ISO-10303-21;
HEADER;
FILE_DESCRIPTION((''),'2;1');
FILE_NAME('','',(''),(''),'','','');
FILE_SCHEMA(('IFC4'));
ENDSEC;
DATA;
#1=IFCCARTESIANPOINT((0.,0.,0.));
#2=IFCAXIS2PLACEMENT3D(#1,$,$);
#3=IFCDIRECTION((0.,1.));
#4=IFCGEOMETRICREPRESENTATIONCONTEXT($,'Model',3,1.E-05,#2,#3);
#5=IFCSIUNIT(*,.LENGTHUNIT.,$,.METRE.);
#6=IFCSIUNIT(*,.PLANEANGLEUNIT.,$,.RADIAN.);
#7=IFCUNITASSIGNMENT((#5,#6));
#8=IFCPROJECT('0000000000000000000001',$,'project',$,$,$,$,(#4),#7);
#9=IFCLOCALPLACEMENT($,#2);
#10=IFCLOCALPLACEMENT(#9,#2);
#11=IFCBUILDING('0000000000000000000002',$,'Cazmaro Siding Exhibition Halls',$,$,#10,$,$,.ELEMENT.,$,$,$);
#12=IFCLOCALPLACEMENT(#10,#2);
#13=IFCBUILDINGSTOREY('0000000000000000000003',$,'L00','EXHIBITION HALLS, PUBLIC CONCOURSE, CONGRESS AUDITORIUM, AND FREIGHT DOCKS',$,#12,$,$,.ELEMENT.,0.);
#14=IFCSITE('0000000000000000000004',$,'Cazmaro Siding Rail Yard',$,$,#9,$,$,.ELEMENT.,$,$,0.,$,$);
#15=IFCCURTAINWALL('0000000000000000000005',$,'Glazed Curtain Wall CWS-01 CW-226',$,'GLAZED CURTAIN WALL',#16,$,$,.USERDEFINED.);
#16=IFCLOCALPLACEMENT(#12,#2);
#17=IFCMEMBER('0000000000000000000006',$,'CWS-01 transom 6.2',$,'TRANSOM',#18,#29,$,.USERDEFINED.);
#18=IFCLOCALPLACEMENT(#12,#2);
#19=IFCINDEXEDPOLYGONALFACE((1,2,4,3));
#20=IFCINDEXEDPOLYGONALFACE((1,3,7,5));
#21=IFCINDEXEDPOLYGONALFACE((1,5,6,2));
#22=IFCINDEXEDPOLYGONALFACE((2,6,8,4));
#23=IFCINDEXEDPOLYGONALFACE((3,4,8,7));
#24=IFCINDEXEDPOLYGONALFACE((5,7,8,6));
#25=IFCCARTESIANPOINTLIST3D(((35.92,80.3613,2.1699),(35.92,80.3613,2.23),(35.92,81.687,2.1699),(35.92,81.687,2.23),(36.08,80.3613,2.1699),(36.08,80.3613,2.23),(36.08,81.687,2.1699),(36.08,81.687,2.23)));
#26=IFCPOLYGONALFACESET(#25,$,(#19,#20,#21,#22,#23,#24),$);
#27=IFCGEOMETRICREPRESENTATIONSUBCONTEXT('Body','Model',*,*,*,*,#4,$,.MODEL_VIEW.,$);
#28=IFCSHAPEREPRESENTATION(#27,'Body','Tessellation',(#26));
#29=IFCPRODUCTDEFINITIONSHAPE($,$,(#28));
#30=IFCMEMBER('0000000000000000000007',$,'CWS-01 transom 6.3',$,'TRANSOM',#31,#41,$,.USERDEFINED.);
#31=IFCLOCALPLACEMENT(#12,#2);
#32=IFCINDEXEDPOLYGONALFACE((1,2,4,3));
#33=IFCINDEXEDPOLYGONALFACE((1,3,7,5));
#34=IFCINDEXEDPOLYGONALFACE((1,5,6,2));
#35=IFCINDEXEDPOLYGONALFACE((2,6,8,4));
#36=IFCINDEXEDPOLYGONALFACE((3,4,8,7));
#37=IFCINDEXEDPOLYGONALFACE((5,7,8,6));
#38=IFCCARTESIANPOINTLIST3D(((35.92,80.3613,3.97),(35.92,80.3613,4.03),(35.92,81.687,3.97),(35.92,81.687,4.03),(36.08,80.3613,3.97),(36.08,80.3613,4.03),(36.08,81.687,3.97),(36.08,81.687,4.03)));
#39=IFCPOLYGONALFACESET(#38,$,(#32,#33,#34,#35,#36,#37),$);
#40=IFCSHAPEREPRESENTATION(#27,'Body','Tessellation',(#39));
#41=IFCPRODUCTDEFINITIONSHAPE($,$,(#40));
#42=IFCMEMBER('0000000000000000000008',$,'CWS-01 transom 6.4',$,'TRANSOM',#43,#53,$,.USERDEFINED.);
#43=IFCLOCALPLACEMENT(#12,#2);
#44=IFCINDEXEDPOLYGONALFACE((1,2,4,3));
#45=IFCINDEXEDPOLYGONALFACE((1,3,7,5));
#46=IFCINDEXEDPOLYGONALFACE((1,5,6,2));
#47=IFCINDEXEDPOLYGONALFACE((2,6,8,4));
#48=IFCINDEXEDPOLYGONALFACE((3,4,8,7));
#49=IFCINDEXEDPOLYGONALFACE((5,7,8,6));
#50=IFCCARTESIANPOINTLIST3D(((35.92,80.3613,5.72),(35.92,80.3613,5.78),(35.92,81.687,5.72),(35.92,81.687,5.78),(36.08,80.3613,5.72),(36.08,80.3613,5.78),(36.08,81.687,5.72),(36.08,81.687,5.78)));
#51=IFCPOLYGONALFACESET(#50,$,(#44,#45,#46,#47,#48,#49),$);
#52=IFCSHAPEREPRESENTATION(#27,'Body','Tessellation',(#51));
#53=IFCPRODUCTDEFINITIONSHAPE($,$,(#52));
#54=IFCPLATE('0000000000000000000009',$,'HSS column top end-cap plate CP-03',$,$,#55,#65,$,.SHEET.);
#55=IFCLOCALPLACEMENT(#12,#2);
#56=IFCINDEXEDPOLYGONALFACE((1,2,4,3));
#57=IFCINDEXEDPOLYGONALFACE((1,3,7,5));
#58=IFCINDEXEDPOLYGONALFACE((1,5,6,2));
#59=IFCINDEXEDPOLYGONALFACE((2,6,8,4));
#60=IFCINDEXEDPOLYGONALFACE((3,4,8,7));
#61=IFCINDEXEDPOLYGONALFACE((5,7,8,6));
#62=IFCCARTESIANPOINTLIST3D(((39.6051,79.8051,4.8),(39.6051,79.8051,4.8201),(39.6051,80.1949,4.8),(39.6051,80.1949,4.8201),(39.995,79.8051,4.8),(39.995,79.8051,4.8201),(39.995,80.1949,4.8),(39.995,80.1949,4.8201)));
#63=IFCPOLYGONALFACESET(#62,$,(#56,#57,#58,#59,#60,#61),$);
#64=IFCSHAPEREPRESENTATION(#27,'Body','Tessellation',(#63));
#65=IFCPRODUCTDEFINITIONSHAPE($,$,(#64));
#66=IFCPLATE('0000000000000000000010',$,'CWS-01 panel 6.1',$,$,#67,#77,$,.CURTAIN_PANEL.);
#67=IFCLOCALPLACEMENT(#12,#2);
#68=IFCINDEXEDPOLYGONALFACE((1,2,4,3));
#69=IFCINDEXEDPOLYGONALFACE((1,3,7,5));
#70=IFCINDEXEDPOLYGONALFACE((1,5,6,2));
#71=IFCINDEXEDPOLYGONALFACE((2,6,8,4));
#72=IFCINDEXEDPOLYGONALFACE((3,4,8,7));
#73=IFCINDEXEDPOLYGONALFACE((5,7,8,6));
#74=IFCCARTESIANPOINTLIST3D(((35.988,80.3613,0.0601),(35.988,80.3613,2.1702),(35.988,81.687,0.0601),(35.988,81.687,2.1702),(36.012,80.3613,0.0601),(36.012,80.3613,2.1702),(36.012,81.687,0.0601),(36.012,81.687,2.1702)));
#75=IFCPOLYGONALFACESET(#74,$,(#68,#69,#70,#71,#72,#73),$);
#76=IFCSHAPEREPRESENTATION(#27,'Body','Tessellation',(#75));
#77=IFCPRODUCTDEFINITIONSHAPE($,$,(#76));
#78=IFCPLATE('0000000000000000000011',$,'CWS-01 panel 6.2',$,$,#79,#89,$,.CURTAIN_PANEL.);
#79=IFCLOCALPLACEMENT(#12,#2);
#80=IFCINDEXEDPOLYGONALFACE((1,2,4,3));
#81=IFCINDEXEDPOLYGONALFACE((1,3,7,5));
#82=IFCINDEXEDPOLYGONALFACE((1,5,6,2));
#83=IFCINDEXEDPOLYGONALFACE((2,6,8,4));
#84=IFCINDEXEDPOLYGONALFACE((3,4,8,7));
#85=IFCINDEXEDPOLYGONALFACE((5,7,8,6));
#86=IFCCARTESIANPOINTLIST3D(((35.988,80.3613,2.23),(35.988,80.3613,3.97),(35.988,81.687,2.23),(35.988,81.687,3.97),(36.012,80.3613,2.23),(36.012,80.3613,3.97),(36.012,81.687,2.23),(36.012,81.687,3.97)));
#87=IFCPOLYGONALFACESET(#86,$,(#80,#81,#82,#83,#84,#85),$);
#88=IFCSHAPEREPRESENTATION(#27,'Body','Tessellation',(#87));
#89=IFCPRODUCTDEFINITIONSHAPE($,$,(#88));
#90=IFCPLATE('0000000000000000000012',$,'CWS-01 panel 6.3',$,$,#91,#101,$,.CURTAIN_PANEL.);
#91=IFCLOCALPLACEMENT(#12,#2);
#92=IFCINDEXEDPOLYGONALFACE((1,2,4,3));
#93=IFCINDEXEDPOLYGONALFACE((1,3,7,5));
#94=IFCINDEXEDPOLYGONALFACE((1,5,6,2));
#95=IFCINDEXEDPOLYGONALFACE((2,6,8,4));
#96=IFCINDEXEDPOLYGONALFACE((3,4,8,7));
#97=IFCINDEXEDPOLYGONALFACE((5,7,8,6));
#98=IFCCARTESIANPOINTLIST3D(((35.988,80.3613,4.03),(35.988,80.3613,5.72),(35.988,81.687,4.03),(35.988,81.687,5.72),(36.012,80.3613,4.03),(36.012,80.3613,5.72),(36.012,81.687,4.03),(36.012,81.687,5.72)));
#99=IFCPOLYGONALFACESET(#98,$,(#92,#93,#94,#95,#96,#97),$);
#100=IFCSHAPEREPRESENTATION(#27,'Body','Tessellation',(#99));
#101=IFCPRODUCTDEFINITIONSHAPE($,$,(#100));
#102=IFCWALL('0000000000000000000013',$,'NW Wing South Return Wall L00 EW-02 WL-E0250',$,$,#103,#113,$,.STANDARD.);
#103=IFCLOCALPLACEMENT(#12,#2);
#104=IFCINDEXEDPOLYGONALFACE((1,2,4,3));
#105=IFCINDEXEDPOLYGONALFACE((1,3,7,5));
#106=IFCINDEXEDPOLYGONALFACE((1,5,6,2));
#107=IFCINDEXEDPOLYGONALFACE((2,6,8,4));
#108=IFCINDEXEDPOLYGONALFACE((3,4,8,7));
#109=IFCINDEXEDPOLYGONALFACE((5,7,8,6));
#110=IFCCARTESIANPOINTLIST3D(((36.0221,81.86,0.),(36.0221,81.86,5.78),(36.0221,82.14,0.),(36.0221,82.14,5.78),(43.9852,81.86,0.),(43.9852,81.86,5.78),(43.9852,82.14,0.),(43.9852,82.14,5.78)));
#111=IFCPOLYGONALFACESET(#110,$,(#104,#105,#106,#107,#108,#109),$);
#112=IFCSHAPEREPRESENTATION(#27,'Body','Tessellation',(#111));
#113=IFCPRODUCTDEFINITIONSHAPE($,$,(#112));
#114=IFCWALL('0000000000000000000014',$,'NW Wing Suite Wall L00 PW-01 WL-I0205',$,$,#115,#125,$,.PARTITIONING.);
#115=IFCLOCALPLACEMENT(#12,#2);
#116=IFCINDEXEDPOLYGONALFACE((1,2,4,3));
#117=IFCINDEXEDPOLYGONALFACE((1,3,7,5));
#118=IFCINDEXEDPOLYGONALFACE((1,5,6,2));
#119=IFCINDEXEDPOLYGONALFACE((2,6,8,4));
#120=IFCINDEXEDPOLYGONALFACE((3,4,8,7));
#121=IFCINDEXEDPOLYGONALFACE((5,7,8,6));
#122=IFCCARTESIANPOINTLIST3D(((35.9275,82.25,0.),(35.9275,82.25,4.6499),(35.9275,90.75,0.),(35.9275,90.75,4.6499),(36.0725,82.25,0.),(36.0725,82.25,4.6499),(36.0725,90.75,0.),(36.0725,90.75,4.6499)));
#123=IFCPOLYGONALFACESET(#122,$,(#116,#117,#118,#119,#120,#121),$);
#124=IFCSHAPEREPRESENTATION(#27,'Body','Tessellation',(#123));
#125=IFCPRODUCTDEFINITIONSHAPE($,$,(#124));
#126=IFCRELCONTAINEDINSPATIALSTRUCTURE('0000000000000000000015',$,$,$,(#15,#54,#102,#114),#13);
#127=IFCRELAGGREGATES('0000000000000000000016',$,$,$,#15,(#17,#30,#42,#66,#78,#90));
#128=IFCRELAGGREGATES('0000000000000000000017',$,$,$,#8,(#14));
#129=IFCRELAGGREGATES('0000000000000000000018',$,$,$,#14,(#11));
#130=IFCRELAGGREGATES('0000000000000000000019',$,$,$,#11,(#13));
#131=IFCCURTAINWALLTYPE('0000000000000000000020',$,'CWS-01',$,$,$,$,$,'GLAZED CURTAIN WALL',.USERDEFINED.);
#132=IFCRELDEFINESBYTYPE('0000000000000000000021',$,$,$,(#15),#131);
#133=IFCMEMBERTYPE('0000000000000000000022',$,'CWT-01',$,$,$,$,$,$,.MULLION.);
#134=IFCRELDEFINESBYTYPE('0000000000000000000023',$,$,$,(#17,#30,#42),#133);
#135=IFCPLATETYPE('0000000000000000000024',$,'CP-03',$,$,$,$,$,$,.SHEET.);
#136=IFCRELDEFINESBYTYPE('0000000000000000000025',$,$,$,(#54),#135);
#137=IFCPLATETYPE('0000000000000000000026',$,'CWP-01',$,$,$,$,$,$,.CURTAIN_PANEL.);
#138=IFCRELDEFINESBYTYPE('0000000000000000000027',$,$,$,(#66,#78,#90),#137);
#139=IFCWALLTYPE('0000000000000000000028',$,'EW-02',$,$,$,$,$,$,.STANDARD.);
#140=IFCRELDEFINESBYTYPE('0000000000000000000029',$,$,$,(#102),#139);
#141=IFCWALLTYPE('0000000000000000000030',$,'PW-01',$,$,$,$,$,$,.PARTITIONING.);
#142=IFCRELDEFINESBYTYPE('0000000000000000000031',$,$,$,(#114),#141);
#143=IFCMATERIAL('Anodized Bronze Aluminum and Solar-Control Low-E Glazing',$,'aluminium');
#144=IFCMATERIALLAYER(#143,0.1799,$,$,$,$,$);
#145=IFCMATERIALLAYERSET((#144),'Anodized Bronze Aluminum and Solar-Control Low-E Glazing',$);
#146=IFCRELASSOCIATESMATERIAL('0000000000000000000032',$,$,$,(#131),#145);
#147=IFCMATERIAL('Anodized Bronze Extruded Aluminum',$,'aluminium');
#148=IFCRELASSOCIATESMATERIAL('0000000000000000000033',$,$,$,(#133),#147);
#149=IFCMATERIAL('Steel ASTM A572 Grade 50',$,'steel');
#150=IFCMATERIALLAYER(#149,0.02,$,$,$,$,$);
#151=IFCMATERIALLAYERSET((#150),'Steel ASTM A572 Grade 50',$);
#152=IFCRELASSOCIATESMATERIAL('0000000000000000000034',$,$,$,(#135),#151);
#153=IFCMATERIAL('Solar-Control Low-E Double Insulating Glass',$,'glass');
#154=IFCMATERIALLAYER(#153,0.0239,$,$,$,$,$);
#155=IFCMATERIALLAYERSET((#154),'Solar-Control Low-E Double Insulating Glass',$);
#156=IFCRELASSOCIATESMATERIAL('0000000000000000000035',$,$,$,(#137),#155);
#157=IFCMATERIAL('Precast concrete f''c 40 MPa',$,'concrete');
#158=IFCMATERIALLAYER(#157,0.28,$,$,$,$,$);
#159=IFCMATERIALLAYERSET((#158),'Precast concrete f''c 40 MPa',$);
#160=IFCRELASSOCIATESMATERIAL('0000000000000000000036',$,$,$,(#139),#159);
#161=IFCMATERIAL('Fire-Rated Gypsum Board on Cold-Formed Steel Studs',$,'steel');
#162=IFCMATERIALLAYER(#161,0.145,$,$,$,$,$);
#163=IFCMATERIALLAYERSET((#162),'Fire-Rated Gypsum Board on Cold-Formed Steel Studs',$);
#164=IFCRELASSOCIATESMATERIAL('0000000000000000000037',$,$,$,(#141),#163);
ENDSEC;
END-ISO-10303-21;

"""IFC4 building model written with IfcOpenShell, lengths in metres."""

from ifc_helpers import new_model, si_unit, direction, frame, frame_2d, origin, origin_2d, place, context, subcontext, project, spatial, rectangle, extrude, material, layer, layer_set, material_profile, profile_set, type_object, element, aggregate, save


model = new_model("IFC4")

# Units and contexts
model_context = context("Model", 3, precision=1e-05, world=origin(), true_north=direction((0.0, 1.0)))
body_context = subcontext(model_context, "Body", "Model", "MODEL_VIEW")
ifc_project = project(units=[si_unit("LENGTHUNIT", "METRE"), si_unit("PLANEANGLEUNIT", "RADIAN")], contexts=[model_context])

# Site, building, storey
site_placement = place(None, origin())
site = spatial("IfcSite", under=ifc_project, at=site_placement, Name="Cazmaro Siding Rail Yard", CompositionType="ELEMENT", RefElevation=0.0)
building_placement = place(site_placement, origin())
building = spatial("IfcBuilding", under=site, at=building_placement, Name="Cazmaro Siding Exhibition Halls", CompositionType="ELEMENT")
storey_placement = place(building_placement, origin())
storey = spatial("IfcBuildingStorey", under=building, at=storey_placement, Name="L00", Description="EXHIBITION HALLS, PUBLIC CONCOURSE, CONGRESS AUDITORIUM, AND FREIGHT DOCKS", CompositionType="ELEMENT", Elevation=0.0)

# Curtain wall, members
ifc_material_1 = material(Name="Anodized Bronze Aluminum and Solar-Control Low-E Glazing", Category="aluminium")
ifc_layer_1 = layer(ifc_material_1, 0.1799)
ifc_layer_set_1 = layer_set([ifc_layer_1], Name="Anodized Bronze Aluminum and Solar-Control Low-E Glazing")
curtain_wall_type = type_object("IfcCurtainWallType", Name="CWS-01", ElementType="GLAZED CURTAIN WALL", PredefinedType="USERDEFINED", material=ifc_layer_set_1)
curtain_wall_placement = place(storey_placement, origin())
curtain_wall = element("IfcCurtainWall", 1, at=curtain_wall_placement, inside=storey, type_object=curtain_wall_type, Name="Glazed Curtain Wall CWS-01 CW-226", ObjectType="GLAZED CURTAIN WALL", PredefinedType="USERDEFINED")
ifc_material_2 = material(Name="Anodized Bronze Extruded Aluminum", Category="aluminium")
ifc_material_profile_1 = material_profile(ifc_material_2, rectangle(XDim=0.1599, YDim=0.0601, at=origin_2d()), Name="CWT-01")
ifc_profile_set_1 = profile_set([ifc_material_profile_1], Name="Anodized Bronze Extruded Aluminum")
member_type_1 = type_object("IfcMemberType", Name="CWT-01", PredefinedType="MULLION", material=ifc_profile_set_1)
member_1_placement = place(storey_placement, frame((36.0, 80.3613, 2.2), z_axis=(0.0, 1.0, 0.0), x_axis=(-1.0, 0.0, 0.0)))
member_1 = element("IfcMember", 2, at=member_1_placement, type_object=member_type_1, Name="CWS-01 transom 6.2", ObjectType="TRANSOM", PredefinedType="USERDEFINED", context=body_context, shape_type="SweptSolid", body=[
    extrude(rectangle(XDim=0.1599, YDim=0.0601, at=origin_2d()), origin(), (0.0, 0.0, 1.0), 1.3257),
])
member_2_placement = place(storey_placement, frame((36.0, 80.3613, 4.0), z_axis=(0.0, 1.0, 0.0), x_axis=(-1.0, 0.0, 0.0)))
member_2 = element("IfcMember", 3, at=member_2_placement, type_object=member_type_1, Name="CWS-01 transom 6.3", ObjectType="TRANSOM", PredefinedType="USERDEFINED", context=body_context, shape_type="SweptSolid", body=[
    extrude(rectangle(XDim=0.1599, YDim=0.0601, at=origin_2d()), origin(), (0.0, 0.0, 1.0), 1.3257),
])
member_3_placement = place(storey_placement, frame((36.0, 80.3613, 5.75), z_axis=(0.0, 1.0, 0.0), x_axis=(-1.0, 0.0, 0.0)))
member_3 = element("IfcMember", 4, at=member_3_placement, type_object=member_type_1, Name="CWS-01 transom 6.4", ObjectType="TRANSOM", PredefinedType="USERDEFINED", context=body_context, shape_type="SweptSolid", body=[
    extrude(rectangle(XDim=0.1599, YDim=0.0601, at=origin_2d()), origin(), (0.0, 0.0, 1.0), 1.3257),
])

# Plates
ifc_material_3 = material(Name="Steel ASTM A572 Grade 50", Category="steel")
ifc_layer_2 = layer(ifc_material_3, 0.02)
ifc_layer_set_2 = layer_set([ifc_layer_2], Name="Steel ASTM A572 Grade 50")
plate_type_1 = type_object("IfcPlateType", Name="CP-03", PredefinedType="SHEET", material=ifc_layer_set_2)
plate_1_placement = place(storey_placement, frame((39.8, 80.0, 4.8), z_axis=(0.0, 0.0, 1.0), x_axis=(1.0, 0.0, 0.0)))
element("IfcPlate", 5, at=plate_1_placement, inside=storey, type_object=plate_type_1, Name="HSS column top end-cap plate CP-03", PredefinedType="SHEET", context=body_context, shape_type="SweptSolid", body=[
    extrude(rectangle(XDim=0.3899, YDim=0.3899, at=origin_2d()), origin(), (0.0, 0.0, 1.0), 0.02),
])
ifc_material_4 = material(Name="Solar-Control Low-E Double Insulating Glass", Category="glass")
ifc_layer_3 = layer(ifc_material_4, 0.0239)
ifc_layer_set_3 = layer_set([ifc_layer_3], Name="Solar-Control Low-E Double Insulating Glass")
plate_type_2 = type_object("IfcPlateType", Name="CWP-01", PredefinedType="CURTAIN_PANEL", material=ifc_layer_set_3)
plate_2_placement = place(storey_placement, frame((36.0, 81.0242, 0.0601), z_axis=(0.0, 0.0, 1.0), x_axis=(0.0, 1.0, 0.0)))
plate_2 = element("IfcPlate", 6, at=plate_2_placement, type_object=plate_type_2, Name="CWS-01 panel 6.1", PredefinedType="CURTAIN_PANEL", context=body_context, shape_type="SweptSolid", body=[
    extrude(rectangle(XDim=1.3257, YDim=0.0239, at=origin_2d()), origin(), (0.0, 0.0, 1.0), 2.1101),
])
plate_3_placement = place(storey_placement, frame((36.0, 81.0242, 2.23), z_axis=(0.0, 0.0, 1.0), x_axis=(0.0, 1.0, 0.0)))
plate_3 = element("IfcPlate", 7, at=plate_3_placement, type_object=plate_type_2, Name="CWS-01 panel 6.2", PredefinedType="CURTAIN_PANEL", context=body_context, shape_type="SweptSolid", body=[
    extrude(rectangle(XDim=1.3257, YDim=0.0239, at=origin_2d()), origin(), (0.0, 0.0, 1.0), 1.74),
])
plate_4_placement = place(storey_placement, frame((36.0, 81.0242, 4.03), z_axis=(0.0, 0.0, 1.0), x_axis=(0.0, 1.0, 0.0)))
plate_4 = element("IfcPlate", 8, at=plate_4_placement, type_object=plate_type_2, Name="CWS-01 panel 6.3", PredefinedType="CURTAIN_PANEL", context=body_context, shape_type="SweptSolid", body=[
    extrude(rectangle(XDim=1.3257, YDim=0.0239, at=origin_2d()), origin(), (0.0, 0.0, 1.0), 1.6899),
])
aggregate(curtain_wall, [member_1, member_2, member_3, plate_2, plate_3, plate_4])

# Walls
ifc_material_5 = material(Name="Precast concrete f'c 40 MPa", Category="concrete")
ifc_layer_4 = layer(ifc_material_5, 0.28)
ifc_layer_set_4 = layer_set([ifc_layer_4], Name="Precast concrete f'c 40 MPa")
wall_type_1 = type_object("IfcWallType", Name="EW-02", PredefinedType="STANDARD", material=ifc_layer_set_4)
wall_1_placement = place(storey_placement, frame((43.9851, 82.0, 0.0), z_axis=(0.0, 0.0, 1.0), x_axis=(-1.0, 0.0, 0.0)))
element("IfcWall", 9, at=wall_1_placement, inside=storey, type_object=wall_type_1, Name="NW Wing South Return Wall L00 EW-02 WL-E0250", PredefinedType="STANDARD", context=body_context, shape_type="SweptSolid", body=[
    extrude(rectangle(XDim=7.9631, YDim=0.28, at=frame_2d((3.9814, 0.0))), origin(), (0.0, 0.0, 1.0), 5.78),
])
ifc_material_6 = material(Name="Fire-Rated Gypsum Board on Cold-Formed Steel Studs", Category="steel")
ifc_layer_5 = layer(ifc_material_6, 0.145)
ifc_layer_set_5 = layer_set([ifc_layer_5], Name="Fire-Rated Gypsum Board on Cold-Formed Steel Studs")
wall_type_2 = type_object("IfcWallType", Name="PW-01", PredefinedType="PARTITIONING", material=ifc_layer_set_5)
wall_2_placement = place(storey_placement, frame((36.0, 82.25, 0.0), z_axis=(0.0, 0.0, 1.0), x_axis=(0.0, 1.0, 0.0)))
element("IfcWall", 10, at=wall_2_placement, inside=storey, type_object=wall_type_2, Name="NW Wing Suite Wall L00 PW-01 WL-I0205", PredefinedType="PARTITIONING", context=body_context, shape_type="SweptSolid", body=[
    extrude(rectangle(XDim=8.5, YDim=0.145, at=frame_2d((4.25, 0.0))), origin(), (0.0, 0.0, 1.0), 4.6499),
])

save(model, "model.ifc")
